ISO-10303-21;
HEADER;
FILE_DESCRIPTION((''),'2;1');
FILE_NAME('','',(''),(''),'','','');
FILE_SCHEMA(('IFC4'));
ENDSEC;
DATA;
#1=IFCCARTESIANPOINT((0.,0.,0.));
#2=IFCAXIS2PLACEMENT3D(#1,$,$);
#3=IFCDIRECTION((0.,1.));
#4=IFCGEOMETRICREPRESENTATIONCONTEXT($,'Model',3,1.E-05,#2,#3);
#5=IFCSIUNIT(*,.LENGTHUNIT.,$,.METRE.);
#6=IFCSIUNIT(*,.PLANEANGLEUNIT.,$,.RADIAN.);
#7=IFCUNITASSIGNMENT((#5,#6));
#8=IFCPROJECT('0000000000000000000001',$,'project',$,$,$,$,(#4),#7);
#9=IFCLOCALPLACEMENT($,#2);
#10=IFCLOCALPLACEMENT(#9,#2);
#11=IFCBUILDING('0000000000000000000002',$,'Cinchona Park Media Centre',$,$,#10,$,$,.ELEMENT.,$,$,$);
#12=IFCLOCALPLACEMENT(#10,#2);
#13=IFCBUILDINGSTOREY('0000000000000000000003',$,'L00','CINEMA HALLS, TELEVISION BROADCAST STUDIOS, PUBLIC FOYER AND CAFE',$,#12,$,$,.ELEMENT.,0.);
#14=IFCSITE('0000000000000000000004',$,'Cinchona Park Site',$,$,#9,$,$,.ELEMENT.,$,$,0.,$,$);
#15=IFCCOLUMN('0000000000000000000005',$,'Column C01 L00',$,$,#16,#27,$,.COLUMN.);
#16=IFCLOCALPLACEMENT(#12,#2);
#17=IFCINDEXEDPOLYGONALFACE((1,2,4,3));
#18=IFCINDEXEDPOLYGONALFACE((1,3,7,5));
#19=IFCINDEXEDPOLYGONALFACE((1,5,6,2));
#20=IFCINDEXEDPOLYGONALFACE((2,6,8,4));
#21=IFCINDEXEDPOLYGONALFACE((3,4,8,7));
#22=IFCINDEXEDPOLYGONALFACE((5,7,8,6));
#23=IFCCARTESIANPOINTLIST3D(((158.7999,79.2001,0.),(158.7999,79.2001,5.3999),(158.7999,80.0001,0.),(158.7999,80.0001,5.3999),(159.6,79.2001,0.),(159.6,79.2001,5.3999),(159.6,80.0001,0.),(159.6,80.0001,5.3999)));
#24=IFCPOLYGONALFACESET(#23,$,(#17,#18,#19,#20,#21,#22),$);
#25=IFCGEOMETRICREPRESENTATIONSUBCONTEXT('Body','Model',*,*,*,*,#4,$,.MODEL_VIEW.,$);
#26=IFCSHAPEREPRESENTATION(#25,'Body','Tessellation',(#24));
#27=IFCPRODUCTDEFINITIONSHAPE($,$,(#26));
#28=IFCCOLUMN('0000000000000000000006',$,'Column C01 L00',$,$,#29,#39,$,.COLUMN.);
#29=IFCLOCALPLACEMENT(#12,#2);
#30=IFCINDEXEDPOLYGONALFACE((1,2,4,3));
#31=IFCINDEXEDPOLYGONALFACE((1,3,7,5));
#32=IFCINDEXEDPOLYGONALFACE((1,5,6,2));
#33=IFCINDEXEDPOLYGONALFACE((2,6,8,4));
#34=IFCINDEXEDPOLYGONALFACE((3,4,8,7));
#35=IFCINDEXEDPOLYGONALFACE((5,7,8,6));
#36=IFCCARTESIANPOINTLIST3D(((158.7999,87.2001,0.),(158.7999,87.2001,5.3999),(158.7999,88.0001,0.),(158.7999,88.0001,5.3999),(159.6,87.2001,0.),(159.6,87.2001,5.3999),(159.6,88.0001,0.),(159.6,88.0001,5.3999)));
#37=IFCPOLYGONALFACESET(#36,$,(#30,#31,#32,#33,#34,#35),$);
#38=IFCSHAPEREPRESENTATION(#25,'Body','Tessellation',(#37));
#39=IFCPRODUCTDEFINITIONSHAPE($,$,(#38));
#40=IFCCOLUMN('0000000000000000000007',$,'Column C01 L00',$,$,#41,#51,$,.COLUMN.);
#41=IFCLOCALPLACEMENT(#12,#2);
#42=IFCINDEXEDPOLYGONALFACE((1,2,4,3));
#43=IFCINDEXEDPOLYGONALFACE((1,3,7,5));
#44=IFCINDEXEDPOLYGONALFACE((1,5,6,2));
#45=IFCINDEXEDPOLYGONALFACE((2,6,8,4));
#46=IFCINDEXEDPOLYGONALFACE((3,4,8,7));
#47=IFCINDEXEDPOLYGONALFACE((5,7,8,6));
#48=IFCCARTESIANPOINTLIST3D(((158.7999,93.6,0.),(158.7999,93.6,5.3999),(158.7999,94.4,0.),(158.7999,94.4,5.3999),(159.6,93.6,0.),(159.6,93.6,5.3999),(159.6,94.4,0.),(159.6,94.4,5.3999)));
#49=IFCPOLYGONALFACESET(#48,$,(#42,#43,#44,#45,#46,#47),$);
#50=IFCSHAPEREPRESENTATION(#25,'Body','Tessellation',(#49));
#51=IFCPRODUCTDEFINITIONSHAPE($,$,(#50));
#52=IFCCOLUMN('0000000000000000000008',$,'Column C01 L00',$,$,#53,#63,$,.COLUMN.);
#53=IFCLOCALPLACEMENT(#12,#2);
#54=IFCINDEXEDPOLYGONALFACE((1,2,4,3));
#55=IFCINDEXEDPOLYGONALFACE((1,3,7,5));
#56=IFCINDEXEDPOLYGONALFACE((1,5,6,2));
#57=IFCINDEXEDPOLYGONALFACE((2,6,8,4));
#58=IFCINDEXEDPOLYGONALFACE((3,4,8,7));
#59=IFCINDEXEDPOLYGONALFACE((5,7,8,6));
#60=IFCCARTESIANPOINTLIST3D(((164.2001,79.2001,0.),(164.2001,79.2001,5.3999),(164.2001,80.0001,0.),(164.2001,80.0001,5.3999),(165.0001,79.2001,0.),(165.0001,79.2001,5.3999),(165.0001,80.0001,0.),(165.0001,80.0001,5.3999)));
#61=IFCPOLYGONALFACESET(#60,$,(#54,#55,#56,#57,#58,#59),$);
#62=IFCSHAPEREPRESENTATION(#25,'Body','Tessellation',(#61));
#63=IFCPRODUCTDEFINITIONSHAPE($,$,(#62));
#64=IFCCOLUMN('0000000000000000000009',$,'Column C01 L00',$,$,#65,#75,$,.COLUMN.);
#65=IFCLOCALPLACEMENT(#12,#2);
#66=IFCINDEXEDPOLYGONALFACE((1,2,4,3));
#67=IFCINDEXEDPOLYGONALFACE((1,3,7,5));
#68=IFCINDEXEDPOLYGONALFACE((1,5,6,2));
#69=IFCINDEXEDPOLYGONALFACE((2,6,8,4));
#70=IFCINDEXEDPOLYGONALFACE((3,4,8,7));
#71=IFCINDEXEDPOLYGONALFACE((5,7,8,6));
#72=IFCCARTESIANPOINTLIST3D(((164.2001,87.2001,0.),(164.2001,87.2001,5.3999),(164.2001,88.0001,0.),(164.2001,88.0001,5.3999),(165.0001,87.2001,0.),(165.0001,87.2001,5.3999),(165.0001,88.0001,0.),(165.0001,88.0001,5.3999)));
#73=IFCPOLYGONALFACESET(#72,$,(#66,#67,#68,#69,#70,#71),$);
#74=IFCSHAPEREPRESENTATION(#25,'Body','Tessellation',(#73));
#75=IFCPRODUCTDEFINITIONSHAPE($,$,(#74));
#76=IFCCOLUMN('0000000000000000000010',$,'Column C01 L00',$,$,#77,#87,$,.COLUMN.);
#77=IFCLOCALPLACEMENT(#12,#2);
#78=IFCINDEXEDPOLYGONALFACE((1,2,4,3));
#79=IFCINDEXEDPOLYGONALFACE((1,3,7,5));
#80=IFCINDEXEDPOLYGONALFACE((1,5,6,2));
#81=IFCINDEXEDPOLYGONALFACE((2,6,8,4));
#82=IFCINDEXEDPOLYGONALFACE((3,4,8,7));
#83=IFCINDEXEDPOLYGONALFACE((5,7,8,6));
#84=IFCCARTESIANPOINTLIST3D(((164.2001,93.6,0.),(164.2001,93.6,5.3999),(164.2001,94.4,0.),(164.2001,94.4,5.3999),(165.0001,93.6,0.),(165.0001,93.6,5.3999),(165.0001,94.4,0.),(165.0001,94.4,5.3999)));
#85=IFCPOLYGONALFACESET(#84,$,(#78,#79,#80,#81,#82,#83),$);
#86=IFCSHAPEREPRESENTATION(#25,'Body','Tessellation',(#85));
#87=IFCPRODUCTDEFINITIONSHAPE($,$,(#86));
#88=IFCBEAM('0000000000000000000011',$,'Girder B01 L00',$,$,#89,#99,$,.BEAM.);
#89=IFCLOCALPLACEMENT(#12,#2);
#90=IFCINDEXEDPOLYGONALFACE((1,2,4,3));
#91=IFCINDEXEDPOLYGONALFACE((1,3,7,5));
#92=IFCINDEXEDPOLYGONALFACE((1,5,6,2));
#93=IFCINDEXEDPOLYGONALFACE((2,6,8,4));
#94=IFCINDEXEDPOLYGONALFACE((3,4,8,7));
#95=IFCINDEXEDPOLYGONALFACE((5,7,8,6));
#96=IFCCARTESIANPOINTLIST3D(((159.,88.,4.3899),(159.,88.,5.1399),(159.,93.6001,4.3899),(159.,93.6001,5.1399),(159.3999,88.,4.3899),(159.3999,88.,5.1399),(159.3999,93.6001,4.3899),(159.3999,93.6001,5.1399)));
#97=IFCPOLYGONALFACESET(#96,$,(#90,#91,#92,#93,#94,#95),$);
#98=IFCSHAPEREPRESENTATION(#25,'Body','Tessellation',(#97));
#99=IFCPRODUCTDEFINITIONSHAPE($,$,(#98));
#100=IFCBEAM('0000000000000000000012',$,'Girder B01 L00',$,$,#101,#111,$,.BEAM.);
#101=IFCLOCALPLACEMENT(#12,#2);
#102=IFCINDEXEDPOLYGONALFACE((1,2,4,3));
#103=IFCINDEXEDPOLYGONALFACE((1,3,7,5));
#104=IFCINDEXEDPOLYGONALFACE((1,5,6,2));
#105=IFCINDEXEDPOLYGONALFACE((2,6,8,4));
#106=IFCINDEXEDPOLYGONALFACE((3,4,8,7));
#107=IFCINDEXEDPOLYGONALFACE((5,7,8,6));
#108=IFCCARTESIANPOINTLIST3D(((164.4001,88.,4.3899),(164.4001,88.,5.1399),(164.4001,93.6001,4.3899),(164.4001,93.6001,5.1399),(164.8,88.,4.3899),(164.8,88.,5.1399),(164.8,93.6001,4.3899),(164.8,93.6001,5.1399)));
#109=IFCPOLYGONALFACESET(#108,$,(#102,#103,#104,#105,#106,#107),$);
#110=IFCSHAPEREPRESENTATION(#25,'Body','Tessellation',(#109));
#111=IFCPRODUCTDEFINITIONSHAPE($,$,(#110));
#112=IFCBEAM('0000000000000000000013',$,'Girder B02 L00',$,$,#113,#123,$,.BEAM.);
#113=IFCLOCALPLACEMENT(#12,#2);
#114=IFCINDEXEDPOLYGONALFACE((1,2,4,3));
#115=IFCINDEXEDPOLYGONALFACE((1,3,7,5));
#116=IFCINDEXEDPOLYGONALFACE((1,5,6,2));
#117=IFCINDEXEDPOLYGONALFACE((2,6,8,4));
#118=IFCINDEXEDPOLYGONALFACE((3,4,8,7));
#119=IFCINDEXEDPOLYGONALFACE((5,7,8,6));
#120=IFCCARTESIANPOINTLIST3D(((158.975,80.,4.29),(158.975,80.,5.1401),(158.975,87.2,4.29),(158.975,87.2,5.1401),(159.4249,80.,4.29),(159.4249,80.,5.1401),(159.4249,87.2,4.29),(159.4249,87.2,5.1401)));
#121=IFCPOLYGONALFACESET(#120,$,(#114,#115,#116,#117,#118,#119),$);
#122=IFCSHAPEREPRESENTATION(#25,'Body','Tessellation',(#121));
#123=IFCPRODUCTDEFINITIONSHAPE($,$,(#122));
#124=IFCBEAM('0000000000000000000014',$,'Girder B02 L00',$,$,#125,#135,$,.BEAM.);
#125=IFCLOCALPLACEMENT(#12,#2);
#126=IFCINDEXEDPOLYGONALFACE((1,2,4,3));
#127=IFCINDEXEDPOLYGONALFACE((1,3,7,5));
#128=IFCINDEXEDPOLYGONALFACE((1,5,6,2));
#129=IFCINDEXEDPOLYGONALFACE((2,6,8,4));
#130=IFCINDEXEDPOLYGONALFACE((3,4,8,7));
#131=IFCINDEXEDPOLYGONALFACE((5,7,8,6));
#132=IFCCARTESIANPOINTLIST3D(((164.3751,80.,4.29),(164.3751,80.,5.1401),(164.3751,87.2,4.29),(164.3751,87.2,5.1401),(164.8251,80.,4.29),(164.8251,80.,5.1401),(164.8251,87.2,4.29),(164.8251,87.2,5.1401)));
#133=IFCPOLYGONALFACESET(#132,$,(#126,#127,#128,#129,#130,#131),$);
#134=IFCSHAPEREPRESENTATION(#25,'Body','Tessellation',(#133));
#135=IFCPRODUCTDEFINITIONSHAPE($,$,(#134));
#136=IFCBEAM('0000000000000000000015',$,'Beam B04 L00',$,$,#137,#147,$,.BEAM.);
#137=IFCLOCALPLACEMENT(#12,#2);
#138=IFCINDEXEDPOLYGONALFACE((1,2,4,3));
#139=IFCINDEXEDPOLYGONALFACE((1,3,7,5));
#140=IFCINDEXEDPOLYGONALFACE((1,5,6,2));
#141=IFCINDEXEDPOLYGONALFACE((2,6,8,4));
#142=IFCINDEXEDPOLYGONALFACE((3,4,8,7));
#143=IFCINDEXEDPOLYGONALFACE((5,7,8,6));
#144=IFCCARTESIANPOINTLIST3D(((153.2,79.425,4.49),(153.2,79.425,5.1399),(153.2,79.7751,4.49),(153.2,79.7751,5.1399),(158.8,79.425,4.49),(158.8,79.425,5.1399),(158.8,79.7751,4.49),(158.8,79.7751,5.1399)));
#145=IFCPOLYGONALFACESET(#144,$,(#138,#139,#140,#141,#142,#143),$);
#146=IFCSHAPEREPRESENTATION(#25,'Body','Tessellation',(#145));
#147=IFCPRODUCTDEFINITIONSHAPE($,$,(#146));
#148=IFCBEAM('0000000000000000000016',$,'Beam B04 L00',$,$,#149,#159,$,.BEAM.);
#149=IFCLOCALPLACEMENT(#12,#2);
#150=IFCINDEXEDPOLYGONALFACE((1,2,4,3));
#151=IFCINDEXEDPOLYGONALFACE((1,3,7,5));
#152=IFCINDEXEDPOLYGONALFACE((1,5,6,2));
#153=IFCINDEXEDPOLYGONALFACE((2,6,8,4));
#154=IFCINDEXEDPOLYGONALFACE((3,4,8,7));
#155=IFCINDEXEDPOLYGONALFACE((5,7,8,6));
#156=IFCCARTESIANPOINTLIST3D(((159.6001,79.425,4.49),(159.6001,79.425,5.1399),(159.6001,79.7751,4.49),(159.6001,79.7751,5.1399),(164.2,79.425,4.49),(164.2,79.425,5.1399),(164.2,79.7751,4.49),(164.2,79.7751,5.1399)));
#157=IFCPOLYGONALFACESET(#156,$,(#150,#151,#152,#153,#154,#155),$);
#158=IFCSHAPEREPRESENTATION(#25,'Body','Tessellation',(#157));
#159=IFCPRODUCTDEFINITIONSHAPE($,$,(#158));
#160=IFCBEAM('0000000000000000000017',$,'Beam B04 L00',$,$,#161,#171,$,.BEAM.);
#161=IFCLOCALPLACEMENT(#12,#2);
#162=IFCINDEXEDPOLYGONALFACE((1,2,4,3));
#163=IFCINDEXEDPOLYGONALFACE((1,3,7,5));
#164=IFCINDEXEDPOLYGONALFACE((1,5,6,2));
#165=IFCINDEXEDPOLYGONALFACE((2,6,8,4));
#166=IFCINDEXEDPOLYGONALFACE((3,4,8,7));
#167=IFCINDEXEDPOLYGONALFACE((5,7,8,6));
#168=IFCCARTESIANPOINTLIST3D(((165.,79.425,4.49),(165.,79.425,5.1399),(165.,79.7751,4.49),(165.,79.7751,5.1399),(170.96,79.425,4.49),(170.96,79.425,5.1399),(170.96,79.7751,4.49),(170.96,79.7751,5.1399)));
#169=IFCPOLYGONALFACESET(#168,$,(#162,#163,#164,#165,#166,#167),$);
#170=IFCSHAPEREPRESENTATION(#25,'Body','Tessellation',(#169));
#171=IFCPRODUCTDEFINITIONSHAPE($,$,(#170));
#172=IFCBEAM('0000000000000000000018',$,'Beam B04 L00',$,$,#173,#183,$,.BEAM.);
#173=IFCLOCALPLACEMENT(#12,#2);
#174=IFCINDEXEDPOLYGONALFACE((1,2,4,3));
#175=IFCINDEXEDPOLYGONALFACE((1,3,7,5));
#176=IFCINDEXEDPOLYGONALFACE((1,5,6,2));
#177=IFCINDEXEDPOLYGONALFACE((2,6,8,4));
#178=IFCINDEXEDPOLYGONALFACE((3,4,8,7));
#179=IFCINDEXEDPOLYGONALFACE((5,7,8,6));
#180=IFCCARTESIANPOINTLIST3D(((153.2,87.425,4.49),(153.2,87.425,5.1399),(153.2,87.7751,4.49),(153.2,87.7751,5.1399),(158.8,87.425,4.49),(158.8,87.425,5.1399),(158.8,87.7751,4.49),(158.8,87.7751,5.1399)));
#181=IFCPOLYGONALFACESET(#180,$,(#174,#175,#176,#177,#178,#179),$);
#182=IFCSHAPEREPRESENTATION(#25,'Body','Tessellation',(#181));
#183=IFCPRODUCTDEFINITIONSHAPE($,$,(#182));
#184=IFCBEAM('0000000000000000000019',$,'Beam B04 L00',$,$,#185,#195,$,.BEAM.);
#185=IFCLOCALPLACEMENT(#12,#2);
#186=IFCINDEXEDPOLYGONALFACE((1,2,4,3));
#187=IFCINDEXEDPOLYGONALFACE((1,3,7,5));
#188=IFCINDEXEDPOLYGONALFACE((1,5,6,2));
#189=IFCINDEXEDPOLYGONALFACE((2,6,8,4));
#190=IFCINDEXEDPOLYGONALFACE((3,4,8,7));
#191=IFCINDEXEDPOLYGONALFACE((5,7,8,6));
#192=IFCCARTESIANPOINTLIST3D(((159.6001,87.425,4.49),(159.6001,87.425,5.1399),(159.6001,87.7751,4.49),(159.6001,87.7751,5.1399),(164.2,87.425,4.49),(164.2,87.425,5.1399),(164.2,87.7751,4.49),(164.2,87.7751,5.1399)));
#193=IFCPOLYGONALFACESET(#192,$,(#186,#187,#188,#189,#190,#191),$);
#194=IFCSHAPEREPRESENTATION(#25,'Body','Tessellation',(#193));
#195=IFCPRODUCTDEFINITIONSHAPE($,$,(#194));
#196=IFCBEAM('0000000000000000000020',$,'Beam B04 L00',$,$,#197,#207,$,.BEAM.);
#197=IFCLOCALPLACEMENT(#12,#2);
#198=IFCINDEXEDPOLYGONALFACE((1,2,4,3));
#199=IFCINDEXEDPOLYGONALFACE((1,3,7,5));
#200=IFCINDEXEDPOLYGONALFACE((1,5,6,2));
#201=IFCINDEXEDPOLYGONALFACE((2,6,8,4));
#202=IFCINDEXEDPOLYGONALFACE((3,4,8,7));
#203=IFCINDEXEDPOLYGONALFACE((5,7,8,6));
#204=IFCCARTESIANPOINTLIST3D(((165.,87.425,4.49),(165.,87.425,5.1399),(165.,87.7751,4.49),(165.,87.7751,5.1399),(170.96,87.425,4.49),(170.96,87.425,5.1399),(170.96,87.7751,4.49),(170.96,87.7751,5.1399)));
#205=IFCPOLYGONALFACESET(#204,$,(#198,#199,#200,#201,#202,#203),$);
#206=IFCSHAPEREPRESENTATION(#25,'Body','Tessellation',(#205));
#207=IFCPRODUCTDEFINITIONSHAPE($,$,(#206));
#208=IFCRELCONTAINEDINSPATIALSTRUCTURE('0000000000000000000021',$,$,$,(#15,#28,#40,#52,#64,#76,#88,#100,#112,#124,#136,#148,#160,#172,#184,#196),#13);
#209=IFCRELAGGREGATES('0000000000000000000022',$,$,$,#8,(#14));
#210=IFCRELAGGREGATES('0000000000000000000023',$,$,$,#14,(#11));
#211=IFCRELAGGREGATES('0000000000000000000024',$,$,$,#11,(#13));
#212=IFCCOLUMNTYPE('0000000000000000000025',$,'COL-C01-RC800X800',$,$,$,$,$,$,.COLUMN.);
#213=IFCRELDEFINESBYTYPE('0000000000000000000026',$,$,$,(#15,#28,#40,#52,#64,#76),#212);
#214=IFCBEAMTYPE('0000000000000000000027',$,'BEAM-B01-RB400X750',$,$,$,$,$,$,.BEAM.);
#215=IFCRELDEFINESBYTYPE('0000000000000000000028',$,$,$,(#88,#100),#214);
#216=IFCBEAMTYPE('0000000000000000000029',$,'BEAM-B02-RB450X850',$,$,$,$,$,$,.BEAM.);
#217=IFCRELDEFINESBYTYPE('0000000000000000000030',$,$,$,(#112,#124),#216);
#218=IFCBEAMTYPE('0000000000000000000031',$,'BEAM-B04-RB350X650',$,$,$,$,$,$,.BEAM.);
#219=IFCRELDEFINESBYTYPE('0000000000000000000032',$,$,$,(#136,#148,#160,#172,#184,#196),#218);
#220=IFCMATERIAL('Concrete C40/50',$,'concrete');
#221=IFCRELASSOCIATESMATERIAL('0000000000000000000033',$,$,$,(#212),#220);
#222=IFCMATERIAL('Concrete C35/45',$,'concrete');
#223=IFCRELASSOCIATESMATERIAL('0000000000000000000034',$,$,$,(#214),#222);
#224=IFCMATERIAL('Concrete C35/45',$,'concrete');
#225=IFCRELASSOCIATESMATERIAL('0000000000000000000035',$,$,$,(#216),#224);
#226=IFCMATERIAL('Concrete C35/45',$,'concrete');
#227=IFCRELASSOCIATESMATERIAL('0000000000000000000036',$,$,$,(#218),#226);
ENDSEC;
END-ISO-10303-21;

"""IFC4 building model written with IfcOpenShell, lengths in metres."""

from ifc_helpers import new_model, si_unit, direction, frame, origin, origin_2d, place, context, subcontext, project, spatial, rectangle, extrude, material, material_profile, profile_set, type_object, element, save


model = new_model("IFC4")

# Units and contexts
model_context = context("Model", 3, precision=1e-05, world=origin(), true_north=direction((0.0, 1.0)))
body_context = subcontext(model_context, "Body", "Model", "MODEL_VIEW")
ifc_project = project(units=[si_unit("LENGTHUNIT", "METRE"), si_unit("PLANEANGLEUNIT", "RADIAN")], contexts=[model_context])

# Site, building, storey
site_placement = place(None, origin())
site = spatial("IfcSite", under=ifc_project, at=site_placement, Name="Cinchona Park Site", CompositionType="ELEMENT", RefElevation=0.0)
building_placement = place(site_placement, origin())
building = spatial("IfcBuilding", under=site, at=building_placement, Name="Cinchona Park Media Centre", CompositionType="ELEMENT")
storey_placement = place(building_placement, origin())
storey = spatial("IfcBuildingStorey", under=building, at=storey_placement, Name="L00", Description="CINEMA HALLS, TELEVISION BROADCAST STUDIOS, PUBLIC FOYER AND CAFE", CompositionType="ELEMENT", Elevation=0.0)

# Columns
ifc_material_1 = material(Name="Concrete C40/50", Category="concrete")
ifc_material_profile_1 = material_profile(ifc_material_1, rectangle(XDim=0.8, YDim=0.8, at=origin_2d()), Name="RC 800X800")
ifc_profile_set_1 = profile_set([ifc_material_profile_1], Name="Concrete C40/50")
column_type = type_object("IfcColumnType", Name="COL-C01-RC800X800", PredefinedType="COLUMN", material=ifc_profile_set_1)
for number, where, z_axis, x_axis, name in (
    (1, (159.2, 79.6001, 0.0), (0.0, 0.0, 1.0), (1.0, 0.0, 0.0), "Column C01 L00"),
    (2, (159.2, 87.6001, 0.0), (0.0, 0.0, 1.0), (1.0, 0.0, 0.0), "Column C01 L00"),
    (3, (159.2, 94.0, 0.0), (0.0, 0.0, 1.0), (1.0, 0.0, 0.0), "Column C01 L00"),
    (4, (164.6001, 79.6001, 0.0), (0.0, 0.0, 1.0), (1.0, 0.0, 0.0), "Column C01 L00"),
    (5, (164.6001, 87.6001, 0.0), (0.0, 0.0, 1.0), (1.0, 0.0, 0.0), "Column C01 L00"),
    (6, (164.6001, 94.0, 0.0), (0.0, 0.0, 1.0), (1.0, 0.0, 0.0), "Column C01 L00"),
):
    element("IfcColumn", number, at=place(storey_placement, frame(where, z_axis=z_axis, x_axis=x_axis)), inside=storey, type_object=column_type, Name=name, PredefinedType="COLUMN", context=body_context, shape_type="SweptSolid", body=[
        extrude(rectangle(XDim=0.8, YDim=0.8, at=origin_2d()), origin(), (0.0, 0.0, 1.0), 5.3999),
    ])

# Beams
ifc_material_2 = material(Name="Concrete C35/45", Category="concrete")
ifc_material_profile_2 = material_profile(ifc_material_2, rectangle(XDim=0.3999, YDim=0.75, at=origin_2d()), Name="RB 400X750")
ifc_profile_set_2 = profile_set([ifc_material_profile_2], Name="Concrete C35/45")
beam_type_1 = type_object("IfcBeamType", Name="BEAM-B01-RB400X750", PredefinedType="BEAM", material=ifc_profile_set_2)
for number, where, z_axis, x_axis, name in (
    (7, (159.2, 88.0, 4.7649), (0.0, 1.0, 0.0), (-1.0, 0.0, 0.0), "Girder B01 L00"),
    (8, (164.6001, 88.0, 4.7649), (0.0, 1.0, 0.0), (-1.0, 0.0, 0.0), "Girder B01 L00"),
):
    element("IfcBeam", number, at=place(storey_placement, frame(where, z_axis=z_axis, x_axis=x_axis)), inside=storey, type_object=beam_type_1, Name=name, PredefinedType="BEAM", context=body_context, shape_type="SweptSolid", body=[
        extrude(rectangle(XDim=0.3999, YDim=0.75, at=origin_2d()), origin(), (0.0, 0.0, 1.0), 5.6001),
    ])
ifc_material_3 = material(Name="Concrete C35/45", Category="concrete")
ifc_material_profile_3 = material_profile(ifc_material_3, rectangle(XDim=0.45, YDim=0.8501, at=origin_2d()), Name="RB 450X850")
ifc_profile_set_3 = profile_set([ifc_material_profile_3], Name="Concrete C35/45")
beam_type_2 = type_object("IfcBeamType", Name="BEAM-B02-RB450X850", PredefinedType="BEAM", material=ifc_profile_set_3)
for number, where, z_axis, x_axis, name in (
    (9, (159.2, 80.0, 4.7151), (0.0, 1.0, 0.0), (-1.0, 0.0, 0.0), "Girder B02 L00"),
    (10, (164.6001, 80.0, 4.7151), (0.0, 1.0, 0.0), (-1.0, 0.0, 0.0), "Girder B02 L00"),
):
    element("IfcBeam", number, at=place(storey_placement, frame(where, z_axis=z_axis, x_axis=x_axis)), inside=storey, type_object=beam_type_2, Name=name, PredefinedType="BEAM", context=body_context, shape_type="SweptSolid", body=[
        extrude(rectangle(XDim=0.45, YDim=0.8501, at=origin_2d()), origin(), (0.0, 0.0, 1.0), 7.2),
    ])
ifc_material_4 = material(Name="Concrete C35/45", Category="concrete")
ifc_material_profile_4 = material_profile(ifc_material_4, rectangle(XDim=0.3501, YDim=0.6499, at=origin_2d()), Name="RB 350X650")
ifc_profile_set_4 = profile_set([ifc_material_profile_4], Name="Concrete C35/45")
beam_type_3 = type_object("IfcBeamType", Name="BEAM-B04-RB350X650", PredefinedType="BEAM", material=ifc_profile_set_4)
beam_1_placement = place(storey_placement, frame((153.2, 79.6001, 4.8149), z_axis=(1.0, 0.0, 0.0), x_axis=(0.0, 1.0, 0.0)))
element("IfcBeam", 11, at=beam_1_placement, inside=storey, type_object=beam_type_3, Name="Beam B04 L00", PredefinedType="BEAM", context=body_context, shape_type="SweptSolid", body=[
    extrude(rectangle(XDim=0.3501, YDim=0.6499, at=origin_2d()), origin(), (0.0, 0.0, 1.0), 5.6001),
])
beam_2_placement = place(storey_placement, frame((159.6001, 79.6001, 4.8149), z_axis=(1.0, 0.0, 0.0), x_axis=(0.0, 1.0, 0.0)))
element("IfcBeam", 12, at=beam_2_placement, inside=storey, type_object=beam_type_3, Name="Beam B04 L00", PredefinedType="BEAM", context=body_context, shape_type="SweptSolid", body=[
    extrude(rectangle(XDim=0.3501, YDim=0.6499, at=origin_2d()), origin(), (0.0, 0.0, 1.0), 4.5999),
])
beam_3_placement = place(storey_placement, frame((165.0, 79.6001, 4.8149), z_axis=(1.0, 0.0, 0.0), x_axis=(0.0, 1.0, 0.0)))
element("IfcBeam", 13, at=beam_3_placement, inside=storey, type_object=beam_type_3, Name="Beam B04 L00", PredefinedType="BEAM", context=body_context, shape_type="SweptSolid", body=[
    extrude(rectangle(XDim=0.3501, YDim=0.6499, at=origin_2d()), origin(), (0.0, 0.0, 1.0), 5.96),
])
beam_4_placement = place(storey_placement, frame((153.2, 87.6001, 4.8149), z_axis=(1.0, 0.0, 0.0), x_axis=(0.0, 1.0, 0.0)))
element("IfcBeam", 14, at=beam_4_placement, inside=storey, type_object=beam_type_3, Name="Beam B04 L00", PredefinedType="BEAM", context=body_context, shape_type="SweptSolid", body=[
    extrude(rectangle(XDim=0.3501, YDim=0.6499, at=origin_2d()), origin(), (0.0, 0.0, 1.0), 5.6001),
])
beam_5_placement = place(storey_placement, frame((159.6001, 87.6001, 4.8149), z_axis=(1.0, 0.0, 0.0), x_axis=(0.0, 1.0, 0.0)))
element("IfcBeam", 15, at=beam_5_placement, inside=storey, type_object=beam_type_3, Name="Beam B04 L00", PredefinedType="BEAM", context=body_context, shape_type="SweptSolid", body=[
    extrude(rectangle(XDim=0.3501, YDim=0.6499, at=origin_2d()), origin(), (0.0, 0.0, 1.0), 4.5999),
])
beam_6_placement = place(storey_placement, frame((165.0, 87.6001, 4.8149), z_axis=(1.0, 0.0, 0.0), x_axis=(0.0, 1.0, 0.0)))
element("IfcBeam", 16, at=beam_6_placement, inside=storey, type_object=beam_type_3, Name="Beam B04 L00", PredefinedType="BEAM", context=body_context, shape_type="SweptSolid", body=[
    extrude(rectangle(XDim=0.3501, YDim=0.6499, at=origin_2d()), origin(), (0.0, 0.0, 1.0), 5.96),
])

save(model, "model.ifc")
